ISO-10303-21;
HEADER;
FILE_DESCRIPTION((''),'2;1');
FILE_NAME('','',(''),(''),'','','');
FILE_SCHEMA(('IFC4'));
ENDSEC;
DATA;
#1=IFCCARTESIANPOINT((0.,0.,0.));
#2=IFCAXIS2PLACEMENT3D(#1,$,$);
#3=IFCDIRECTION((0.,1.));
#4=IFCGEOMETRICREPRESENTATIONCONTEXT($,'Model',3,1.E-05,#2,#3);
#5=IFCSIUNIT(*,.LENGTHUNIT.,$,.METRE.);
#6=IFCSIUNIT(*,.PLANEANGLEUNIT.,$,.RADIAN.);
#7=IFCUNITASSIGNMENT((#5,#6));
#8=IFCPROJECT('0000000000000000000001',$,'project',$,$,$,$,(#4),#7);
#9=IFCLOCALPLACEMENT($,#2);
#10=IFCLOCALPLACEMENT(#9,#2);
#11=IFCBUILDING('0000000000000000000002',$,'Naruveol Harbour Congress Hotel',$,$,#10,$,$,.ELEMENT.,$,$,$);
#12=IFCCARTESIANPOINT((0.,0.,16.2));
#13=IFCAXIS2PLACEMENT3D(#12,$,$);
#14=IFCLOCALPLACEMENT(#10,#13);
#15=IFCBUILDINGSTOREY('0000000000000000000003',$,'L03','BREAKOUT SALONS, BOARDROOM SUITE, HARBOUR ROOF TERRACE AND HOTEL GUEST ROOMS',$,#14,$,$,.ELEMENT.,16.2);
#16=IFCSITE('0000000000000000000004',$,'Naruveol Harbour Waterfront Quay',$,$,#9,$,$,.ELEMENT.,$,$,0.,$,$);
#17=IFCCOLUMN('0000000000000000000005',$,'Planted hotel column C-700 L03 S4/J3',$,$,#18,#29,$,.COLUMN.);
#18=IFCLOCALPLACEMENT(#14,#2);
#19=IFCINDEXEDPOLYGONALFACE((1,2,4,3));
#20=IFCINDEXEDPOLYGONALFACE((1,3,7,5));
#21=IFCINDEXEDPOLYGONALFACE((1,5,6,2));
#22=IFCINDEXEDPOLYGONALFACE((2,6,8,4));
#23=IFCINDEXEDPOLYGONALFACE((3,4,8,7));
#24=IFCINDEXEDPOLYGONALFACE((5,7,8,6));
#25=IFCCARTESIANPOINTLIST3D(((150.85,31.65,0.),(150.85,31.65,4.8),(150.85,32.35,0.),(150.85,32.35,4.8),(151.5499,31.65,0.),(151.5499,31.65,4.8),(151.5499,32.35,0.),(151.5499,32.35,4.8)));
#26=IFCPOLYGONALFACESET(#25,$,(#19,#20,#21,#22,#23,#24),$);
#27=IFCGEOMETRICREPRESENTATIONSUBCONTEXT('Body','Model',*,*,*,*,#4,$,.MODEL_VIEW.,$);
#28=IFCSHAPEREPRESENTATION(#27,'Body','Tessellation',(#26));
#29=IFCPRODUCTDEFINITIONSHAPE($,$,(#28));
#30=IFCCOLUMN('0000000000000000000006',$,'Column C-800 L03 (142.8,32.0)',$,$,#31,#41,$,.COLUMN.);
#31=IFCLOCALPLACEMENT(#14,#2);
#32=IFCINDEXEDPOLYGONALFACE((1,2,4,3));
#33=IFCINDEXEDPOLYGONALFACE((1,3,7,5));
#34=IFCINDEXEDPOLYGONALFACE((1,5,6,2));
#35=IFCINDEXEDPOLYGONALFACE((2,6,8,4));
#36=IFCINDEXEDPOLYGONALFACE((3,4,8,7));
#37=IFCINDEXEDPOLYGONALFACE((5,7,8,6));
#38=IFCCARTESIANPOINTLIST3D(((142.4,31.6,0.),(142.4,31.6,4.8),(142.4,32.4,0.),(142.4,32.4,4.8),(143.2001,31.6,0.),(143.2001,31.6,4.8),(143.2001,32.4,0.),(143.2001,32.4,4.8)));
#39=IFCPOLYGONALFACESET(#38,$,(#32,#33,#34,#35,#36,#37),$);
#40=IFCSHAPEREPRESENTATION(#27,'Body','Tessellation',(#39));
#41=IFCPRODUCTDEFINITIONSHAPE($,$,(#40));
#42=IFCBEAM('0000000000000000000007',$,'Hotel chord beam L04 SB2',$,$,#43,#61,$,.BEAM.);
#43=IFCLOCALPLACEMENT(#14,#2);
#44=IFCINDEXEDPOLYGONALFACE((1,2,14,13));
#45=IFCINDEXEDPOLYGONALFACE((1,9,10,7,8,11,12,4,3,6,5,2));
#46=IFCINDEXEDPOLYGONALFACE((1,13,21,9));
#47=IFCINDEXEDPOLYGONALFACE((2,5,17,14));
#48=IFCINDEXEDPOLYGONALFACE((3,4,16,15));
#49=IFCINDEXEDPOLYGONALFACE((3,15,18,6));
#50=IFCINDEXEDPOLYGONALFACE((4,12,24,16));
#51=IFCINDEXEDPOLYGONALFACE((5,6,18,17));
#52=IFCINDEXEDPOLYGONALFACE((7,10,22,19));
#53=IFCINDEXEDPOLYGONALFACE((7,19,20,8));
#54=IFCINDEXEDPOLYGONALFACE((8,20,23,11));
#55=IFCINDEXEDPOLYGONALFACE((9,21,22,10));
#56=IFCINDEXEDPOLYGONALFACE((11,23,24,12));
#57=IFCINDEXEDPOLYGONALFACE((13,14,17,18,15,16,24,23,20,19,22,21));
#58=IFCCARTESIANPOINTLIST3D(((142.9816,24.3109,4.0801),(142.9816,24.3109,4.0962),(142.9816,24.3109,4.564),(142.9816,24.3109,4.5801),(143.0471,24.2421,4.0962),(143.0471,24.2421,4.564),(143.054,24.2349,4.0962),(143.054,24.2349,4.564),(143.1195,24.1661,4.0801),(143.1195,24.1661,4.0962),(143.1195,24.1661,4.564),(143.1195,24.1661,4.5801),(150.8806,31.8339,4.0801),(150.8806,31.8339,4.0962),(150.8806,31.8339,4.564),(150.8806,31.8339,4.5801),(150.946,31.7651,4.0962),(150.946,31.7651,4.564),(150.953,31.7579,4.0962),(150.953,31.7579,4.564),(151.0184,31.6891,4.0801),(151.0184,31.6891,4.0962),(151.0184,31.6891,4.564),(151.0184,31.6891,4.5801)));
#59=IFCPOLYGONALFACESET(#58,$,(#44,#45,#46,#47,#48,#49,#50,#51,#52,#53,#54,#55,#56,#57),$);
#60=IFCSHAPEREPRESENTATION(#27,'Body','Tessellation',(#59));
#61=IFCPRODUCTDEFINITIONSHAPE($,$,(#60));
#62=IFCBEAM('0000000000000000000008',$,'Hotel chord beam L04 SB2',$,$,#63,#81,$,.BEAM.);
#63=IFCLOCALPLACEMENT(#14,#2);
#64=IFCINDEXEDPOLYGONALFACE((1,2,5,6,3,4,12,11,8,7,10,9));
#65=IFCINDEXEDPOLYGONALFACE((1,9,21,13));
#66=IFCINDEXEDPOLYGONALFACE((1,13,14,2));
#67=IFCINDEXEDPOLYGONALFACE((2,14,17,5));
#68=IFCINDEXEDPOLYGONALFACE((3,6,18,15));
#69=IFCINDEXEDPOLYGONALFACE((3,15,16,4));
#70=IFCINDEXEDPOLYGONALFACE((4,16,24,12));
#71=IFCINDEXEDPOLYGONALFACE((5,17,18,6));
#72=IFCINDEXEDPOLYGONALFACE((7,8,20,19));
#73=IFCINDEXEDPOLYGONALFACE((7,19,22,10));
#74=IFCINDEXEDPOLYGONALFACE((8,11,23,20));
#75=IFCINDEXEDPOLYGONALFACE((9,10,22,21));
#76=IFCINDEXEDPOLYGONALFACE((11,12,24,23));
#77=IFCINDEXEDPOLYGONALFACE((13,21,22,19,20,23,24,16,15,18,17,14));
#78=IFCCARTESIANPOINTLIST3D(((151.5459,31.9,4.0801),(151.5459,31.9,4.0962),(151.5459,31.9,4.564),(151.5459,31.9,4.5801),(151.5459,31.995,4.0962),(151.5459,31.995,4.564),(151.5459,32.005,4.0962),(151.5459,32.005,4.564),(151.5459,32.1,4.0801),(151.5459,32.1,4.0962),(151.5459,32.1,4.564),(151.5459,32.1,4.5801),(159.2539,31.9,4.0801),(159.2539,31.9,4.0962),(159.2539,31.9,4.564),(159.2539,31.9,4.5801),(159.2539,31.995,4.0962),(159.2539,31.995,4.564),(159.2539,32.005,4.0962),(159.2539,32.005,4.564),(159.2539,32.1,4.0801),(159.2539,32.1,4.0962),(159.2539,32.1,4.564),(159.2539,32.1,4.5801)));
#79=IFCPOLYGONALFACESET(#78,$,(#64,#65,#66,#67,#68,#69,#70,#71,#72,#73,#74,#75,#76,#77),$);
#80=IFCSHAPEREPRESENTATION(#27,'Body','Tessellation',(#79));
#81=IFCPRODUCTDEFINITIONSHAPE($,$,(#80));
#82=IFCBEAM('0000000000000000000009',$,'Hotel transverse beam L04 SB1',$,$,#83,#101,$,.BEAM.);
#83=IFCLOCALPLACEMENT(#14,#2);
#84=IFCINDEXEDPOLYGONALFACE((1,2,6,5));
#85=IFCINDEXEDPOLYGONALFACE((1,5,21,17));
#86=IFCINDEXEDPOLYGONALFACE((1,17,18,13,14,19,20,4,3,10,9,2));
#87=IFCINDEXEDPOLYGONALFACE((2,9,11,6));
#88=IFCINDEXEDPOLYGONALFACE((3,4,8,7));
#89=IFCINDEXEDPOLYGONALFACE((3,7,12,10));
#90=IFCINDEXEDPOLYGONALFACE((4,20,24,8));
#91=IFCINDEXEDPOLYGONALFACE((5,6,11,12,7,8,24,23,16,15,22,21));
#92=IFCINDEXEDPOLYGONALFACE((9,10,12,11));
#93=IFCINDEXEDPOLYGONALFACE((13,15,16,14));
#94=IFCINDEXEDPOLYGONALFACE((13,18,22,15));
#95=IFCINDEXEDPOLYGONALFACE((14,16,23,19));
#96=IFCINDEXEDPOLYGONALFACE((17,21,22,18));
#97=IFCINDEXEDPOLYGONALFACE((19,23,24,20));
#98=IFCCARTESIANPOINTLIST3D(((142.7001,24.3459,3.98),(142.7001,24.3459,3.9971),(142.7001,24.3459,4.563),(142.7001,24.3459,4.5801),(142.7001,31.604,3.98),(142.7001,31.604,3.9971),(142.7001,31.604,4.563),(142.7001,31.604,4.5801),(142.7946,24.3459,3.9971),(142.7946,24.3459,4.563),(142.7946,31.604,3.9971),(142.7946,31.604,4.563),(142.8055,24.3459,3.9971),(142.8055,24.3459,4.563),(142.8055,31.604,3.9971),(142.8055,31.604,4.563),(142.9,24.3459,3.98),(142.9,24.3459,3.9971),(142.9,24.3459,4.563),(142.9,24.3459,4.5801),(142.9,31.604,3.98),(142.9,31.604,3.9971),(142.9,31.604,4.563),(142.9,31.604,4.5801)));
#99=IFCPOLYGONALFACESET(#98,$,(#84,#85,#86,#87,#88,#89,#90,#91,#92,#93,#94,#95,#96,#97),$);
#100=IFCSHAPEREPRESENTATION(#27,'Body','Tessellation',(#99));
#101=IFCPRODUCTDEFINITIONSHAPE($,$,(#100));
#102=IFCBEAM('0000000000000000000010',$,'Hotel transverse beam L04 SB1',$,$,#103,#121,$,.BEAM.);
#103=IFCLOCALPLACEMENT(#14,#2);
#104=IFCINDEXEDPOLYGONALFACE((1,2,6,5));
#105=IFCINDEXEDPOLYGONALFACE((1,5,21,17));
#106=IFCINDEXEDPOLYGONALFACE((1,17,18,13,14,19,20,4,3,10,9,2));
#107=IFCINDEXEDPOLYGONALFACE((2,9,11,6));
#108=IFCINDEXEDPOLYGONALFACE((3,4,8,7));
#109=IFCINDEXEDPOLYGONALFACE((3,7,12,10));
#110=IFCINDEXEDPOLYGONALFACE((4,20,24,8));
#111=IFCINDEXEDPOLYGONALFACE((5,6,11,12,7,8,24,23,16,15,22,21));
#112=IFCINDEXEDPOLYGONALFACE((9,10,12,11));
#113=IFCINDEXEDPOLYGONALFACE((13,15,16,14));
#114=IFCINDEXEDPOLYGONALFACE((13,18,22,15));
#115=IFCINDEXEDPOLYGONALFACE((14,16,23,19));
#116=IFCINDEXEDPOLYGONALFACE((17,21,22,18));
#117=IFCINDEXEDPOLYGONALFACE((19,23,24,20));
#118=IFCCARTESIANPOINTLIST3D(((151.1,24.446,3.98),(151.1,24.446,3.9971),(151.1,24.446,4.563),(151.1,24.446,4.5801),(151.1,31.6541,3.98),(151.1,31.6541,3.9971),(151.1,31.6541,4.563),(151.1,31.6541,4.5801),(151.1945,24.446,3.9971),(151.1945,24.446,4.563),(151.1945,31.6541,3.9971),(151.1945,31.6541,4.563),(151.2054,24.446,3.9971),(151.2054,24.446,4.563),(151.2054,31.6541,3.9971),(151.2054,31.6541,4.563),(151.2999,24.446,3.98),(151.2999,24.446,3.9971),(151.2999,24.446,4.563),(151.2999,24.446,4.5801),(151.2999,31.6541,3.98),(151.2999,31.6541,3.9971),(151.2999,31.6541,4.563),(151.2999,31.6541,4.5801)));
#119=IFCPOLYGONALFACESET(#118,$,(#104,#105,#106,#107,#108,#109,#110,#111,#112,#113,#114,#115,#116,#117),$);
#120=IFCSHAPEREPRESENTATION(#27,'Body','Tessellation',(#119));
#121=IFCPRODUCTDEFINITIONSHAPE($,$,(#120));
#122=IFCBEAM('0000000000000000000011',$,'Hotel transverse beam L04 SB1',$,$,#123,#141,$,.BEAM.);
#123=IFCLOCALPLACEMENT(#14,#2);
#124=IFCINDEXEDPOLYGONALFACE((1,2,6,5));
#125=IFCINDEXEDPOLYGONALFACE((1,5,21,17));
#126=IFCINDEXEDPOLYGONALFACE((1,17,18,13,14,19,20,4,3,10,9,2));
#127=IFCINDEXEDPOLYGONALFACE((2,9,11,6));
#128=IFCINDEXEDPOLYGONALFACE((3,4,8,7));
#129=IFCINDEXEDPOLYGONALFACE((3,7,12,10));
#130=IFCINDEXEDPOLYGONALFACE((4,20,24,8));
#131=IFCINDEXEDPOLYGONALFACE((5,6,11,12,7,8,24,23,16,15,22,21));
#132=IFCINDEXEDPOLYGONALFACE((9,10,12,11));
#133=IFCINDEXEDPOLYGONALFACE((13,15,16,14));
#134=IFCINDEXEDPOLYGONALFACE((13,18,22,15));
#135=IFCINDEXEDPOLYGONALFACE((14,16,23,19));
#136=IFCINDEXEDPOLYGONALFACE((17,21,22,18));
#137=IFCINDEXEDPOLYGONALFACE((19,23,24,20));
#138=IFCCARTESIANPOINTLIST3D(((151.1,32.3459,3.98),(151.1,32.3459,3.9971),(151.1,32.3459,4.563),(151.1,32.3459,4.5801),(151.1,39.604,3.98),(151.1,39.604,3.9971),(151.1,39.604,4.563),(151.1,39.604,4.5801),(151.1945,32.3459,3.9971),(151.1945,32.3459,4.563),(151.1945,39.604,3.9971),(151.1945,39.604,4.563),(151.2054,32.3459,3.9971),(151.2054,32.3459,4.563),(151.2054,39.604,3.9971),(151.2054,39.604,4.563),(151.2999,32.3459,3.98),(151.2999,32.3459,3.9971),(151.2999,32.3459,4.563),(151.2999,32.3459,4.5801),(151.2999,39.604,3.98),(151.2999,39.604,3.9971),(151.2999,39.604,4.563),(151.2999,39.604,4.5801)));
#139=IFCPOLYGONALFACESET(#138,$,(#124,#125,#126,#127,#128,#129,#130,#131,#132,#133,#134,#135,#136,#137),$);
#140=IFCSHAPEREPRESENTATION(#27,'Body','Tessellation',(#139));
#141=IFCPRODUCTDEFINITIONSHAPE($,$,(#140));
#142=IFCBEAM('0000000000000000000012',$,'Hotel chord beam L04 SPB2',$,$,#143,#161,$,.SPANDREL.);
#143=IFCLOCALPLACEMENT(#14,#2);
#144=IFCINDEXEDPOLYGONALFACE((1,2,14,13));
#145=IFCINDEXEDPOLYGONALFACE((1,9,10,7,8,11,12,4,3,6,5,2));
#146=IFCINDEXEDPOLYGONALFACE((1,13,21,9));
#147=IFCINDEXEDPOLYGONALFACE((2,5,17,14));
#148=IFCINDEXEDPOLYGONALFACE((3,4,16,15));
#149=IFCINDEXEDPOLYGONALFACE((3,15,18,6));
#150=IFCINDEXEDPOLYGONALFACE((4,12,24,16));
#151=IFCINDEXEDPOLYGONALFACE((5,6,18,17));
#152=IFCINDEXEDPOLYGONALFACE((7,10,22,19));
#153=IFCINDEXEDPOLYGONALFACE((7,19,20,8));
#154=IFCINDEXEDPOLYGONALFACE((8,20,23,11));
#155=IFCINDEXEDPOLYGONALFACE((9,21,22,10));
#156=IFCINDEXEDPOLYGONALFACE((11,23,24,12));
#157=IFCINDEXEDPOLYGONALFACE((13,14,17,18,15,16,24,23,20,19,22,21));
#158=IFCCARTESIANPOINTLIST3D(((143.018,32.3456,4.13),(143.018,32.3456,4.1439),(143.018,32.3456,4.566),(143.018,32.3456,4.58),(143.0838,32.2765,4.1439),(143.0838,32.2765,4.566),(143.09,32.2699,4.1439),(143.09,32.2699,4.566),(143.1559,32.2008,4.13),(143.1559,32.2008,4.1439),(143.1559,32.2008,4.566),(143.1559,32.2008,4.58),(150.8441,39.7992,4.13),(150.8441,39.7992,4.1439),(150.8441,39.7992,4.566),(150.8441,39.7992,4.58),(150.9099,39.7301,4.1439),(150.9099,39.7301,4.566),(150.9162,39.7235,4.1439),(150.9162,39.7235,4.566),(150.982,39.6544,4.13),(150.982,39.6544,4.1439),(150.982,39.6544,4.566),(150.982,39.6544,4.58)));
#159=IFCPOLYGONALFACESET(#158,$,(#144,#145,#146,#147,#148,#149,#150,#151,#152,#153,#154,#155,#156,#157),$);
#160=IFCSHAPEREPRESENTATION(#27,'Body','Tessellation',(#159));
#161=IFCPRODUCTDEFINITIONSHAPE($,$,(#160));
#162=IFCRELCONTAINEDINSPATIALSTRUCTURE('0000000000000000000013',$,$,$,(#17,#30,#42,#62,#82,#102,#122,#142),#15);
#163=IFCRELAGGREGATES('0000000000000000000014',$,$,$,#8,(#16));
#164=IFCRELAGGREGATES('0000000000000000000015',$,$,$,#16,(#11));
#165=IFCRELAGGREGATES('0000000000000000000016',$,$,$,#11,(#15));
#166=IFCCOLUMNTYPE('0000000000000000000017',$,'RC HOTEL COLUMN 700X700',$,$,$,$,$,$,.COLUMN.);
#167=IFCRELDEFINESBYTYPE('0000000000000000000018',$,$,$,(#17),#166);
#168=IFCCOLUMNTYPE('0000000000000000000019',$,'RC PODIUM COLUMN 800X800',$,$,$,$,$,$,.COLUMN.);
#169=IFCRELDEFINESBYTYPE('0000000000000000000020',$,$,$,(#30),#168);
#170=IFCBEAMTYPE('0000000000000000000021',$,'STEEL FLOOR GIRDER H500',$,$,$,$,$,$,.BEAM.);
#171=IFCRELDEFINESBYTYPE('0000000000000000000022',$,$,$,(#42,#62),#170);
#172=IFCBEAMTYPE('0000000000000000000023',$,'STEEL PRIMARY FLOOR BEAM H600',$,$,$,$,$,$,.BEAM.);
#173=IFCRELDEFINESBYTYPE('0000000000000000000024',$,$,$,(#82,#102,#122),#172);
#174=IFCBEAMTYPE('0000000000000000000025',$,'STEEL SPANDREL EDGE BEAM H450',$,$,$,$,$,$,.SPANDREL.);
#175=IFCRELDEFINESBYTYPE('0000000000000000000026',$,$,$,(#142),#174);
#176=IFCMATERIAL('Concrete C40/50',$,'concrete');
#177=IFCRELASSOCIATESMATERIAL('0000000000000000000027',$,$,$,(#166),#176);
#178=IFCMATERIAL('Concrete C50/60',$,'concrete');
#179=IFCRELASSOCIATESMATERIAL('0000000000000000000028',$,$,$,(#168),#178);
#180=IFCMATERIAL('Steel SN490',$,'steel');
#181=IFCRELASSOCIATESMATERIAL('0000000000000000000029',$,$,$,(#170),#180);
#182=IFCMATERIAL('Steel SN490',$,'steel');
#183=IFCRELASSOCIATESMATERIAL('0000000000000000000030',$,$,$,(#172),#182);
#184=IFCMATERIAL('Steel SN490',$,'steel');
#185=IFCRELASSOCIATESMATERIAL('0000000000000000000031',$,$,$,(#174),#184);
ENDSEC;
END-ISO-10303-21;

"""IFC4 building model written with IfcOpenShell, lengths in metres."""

from ifc_helpers import new_model, si_unit, direction, frame, origin, origin_2d, place, context, subcontext, project, spatial, rectangle, i_section, extrude, material, material_profile, profile_set, type_object, element, save


model = new_model("IFC4")

# Units and contexts
model_context = context("Model", 3, precision=1e-05, world=origin(), true_north=direction((0.0, 1.0)))
body_context = subcontext(model_context, "Body", "Model", "MODEL_VIEW")
ifc_project = project(units=[si_unit("LENGTHUNIT", "METRE"), si_unit("PLANEANGLEUNIT", "RADIAN")], contexts=[model_context])

# Site, building, storey
site_placement = place(None, origin())
site = spatial("IfcSite", under=ifc_project, at=site_placement, Name="Naruveol Harbour Waterfront Quay", CompositionType="ELEMENT", RefElevation=0.0)
building_placement = place(site_placement, origin())
building = spatial("IfcBuilding", under=site, at=building_placement, Name="Naruveol Harbour Congress Hotel", CompositionType="ELEMENT")
storey_placement = place(building_placement, frame((0.0, 0.0, 16.2)))
storey = spatial("IfcBuildingStorey", under=building, at=storey_placement, Name="L03", Description="BREAKOUT SALONS, BOARDROOM SUITE, HARBOUR ROOF TERRACE AND HOTEL GUEST ROOMS", CompositionType="ELEMENT", Elevation=16.2)

# Columns
ifc_material_1 = material(Name="Concrete C40/50", Category="concrete")
ifc_material_profile_1 = material_profile(ifc_material_1, rectangle(XDim=0.7, YDim=0.7, at=origin_2d()), Name="RC-700x700")
ifc_profile_set_1 = profile_set([ifc_material_profile_1], Name="Concrete C40/50")
column_type_1 = type_object("IfcColumnType", Name="RC HOTEL COLUMN 700X700", PredefinedType="COLUMN", material=ifc_profile_set_1)
column_1_placement = place(storey_placement, frame((151.2, 32.0, 0.0), z_axis=(0.0, 0.0, 1.0), x_axis=(1.0, 0.0, 0.0)))
element("IfcColumn", 1, at=column_1_placement, inside=storey, type_object=column_type_1, Name="Planted hotel column C-700 L03 S4/J3", PredefinedType="COLUMN", context=body_context, shape_type="SweptSolid", body=[
    extrude(rectangle(XDim=0.7, YDim=0.7, at=origin_2d()), origin(), (0.0, 0.0, 1.0), 4.8),
])
ifc_material_2 = material(Name="Concrete C50/60", Category="concrete")
ifc_material_profile_2 = material_profile(ifc_material_2, rectangle(XDim=0.8, YDim=0.8, at=origin_2d()), Name="RC-800x800")
ifc_profile_set_2 = profile_set([ifc_material_profile_2], Name="Concrete C50/60")
column_type_2 = type_object("IfcColumnType", Name="RC PODIUM COLUMN 800X800", PredefinedType="COLUMN", material=ifc_profile_set_2)
column_2_placement = place(storey_placement, frame((142.8, 32.0, 0.0), z_axis=(0.0, 0.0, 1.0), x_axis=(1.0, 0.0, 0.0)))
element("IfcColumn", 2, at=column_2_placement, inside=storey, type_object=column_type_2, Name="Column C-800 L03 (142.8,32.0)", PredefinedType="COLUMN", context=body_context, shape_type="SweptSolid", body=[
    extrude(rectangle(XDim=0.8, YDim=0.8, at=origin_2d()), origin(), (0.0, 0.0, 1.0), 4.8),
])

# Beams
ifc_material_3 = material(Name="Steel SN490", Category="steel")
ifc_material_profile_3 = material_profile(ifc_material_3, i_section(OverallWidth=0.2, OverallDepth=0.5, WebThickness=0.01, FlangeThickness=0.0161, at=origin_2d()), Name="H-500x200x10x16")
ifc_profile_set_3 = profile_set([ifc_material_profile_3], Name="Steel SN490")
beam_type_1 = type_object("IfcBeamType", Name="STEEL FLOOR GIRDER H500", PredefinedType="BEAM", material=ifc_profile_set_3)
beam_1_placement = place(storey_placement, frame((143.0505, 24.2385, 4.3301), z_axis=(0.72413, 0.689663, 0.0), x_axis=(-0.689663, 0.72413, 0.0)))
element("IfcBeam", 3, at=beam_1_placement, inside=storey, type_object=beam_type_1, Name="Hotel chord beam L04 SB2", PredefinedType="BEAM", context=body_context, shape_type="SweptSolid", body=[
    extrude(i_section(OverallWidth=0.2, OverallDepth=0.5, WebThickness=0.01, FlangeThickness=0.0161, at=origin_2d()), origin(), (0.0, 0.0, 1.0), 10.9082),
])
beam_2_placement = place(storey_placement, frame((151.5459, 32.0, 4.3301), z_axis=(1.0, 0.0, 0.0), x_axis=(0.0, 1.0, 0.0)))
element("IfcBeam", 4, at=beam_2_placement, inside=storey, type_object=beam_type_1, Name="Hotel chord beam L04 SB2", PredefinedType="BEAM", context=body_context, shape_type="SweptSolid", body=[
    extrude(i_section(OverallWidth=0.2, OverallDepth=0.5, WebThickness=0.01, FlangeThickness=0.0161, at=origin_2d()), origin(), (0.0, 0.0, 1.0), 7.708),
])
ifc_material_4 = material(Name="Steel SN490", Category="steel")
ifc_material_profile_4 = material_profile(ifc_material_4, i_section(OverallWidth=0.2, OverallDepth=0.6001, WebThickness=0.011, FlangeThickness=0.0171, at=origin_2d()), Name="H-600x200x11x17")
ifc_profile_set_4 = profile_set([ifc_material_profile_4], Name="Steel SN490")
beam_type_2 = type_object("IfcBeamType", Name="STEEL PRIMARY FLOOR BEAM H600", PredefinedType="BEAM", material=ifc_profile_set_4)
beam_3_placement = place(storey_placement, frame((142.8, 24.3459, 4.28), z_axis=(0.0, 1.0, 0.0), x_axis=(-1.0, 0.0, 0.0)))
element("IfcBeam", 5, at=beam_3_placement, inside=storey, type_object=beam_type_2, Name="Hotel transverse beam L04 SB1", PredefinedType="BEAM", context=body_context, shape_type="SweptSolid", body=[
    extrude(i_section(OverallWidth=0.2, OverallDepth=0.6001, WebThickness=0.011, FlangeThickness=0.0171, at=origin_2d()), origin(), (0.0, 0.0, 1.0), 7.2581),
])
beam_4_placement = place(storey_placement, frame((151.2, 24.446, 4.28), z_axis=(0.0, 1.0, 0.0), x_axis=(-1.0, 0.0, 0.0)))
element("IfcBeam", 6, at=beam_4_placement, inside=storey, type_object=beam_type_2, Name="Hotel transverse beam L04 SB1", PredefinedType="BEAM", context=body_context, shape_type="SweptSolid", body=[
    extrude(i_section(OverallWidth=0.2, OverallDepth=0.6001, WebThickness=0.011, FlangeThickness=0.0171, at=origin_2d()), origin(), (0.0, 0.0, 1.0), 7.208),
])
beam_5_placement = place(storey_placement, frame((151.2, 32.3459, 4.28), z_axis=(0.0, 1.0, 0.0), x_axis=(-1.0, 0.0, 0.0)))
element("IfcBeam", 7, at=beam_5_placement, inside=storey, type_object=beam_type_2, Name="Hotel transverse beam L04 SB1", PredefinedType="BEAM", context=body_context, shape_type="SweptSolid", body=[
    extrude(i_section(OverallWidth=0.2, OverallDepth=0.6001, WebThickness=0.011, FlangeThickness=0.0171, at=origin_2d()), origin(), (0.0, 0.0, 1.0), 7.2581),
])
ifc_material_5 = material(Name="Steel SN490", Category="steel")
ifc_material_profile_5 = material_profile(ifc_material_5, i_section(OverallWidth=0.2, OverallDepth=0.45, WebThickness=0.009, FlangeThickness=0.0139, at=origin_2d()), Name="H-450x200x9x14")
ifc_profile_set_5 = profile_set([ifc_material_profile_5], Name="Steel SN490")
beam_type_3 = type_object("IfcBeamType", Name="STEEL SPANDREL EDGE BEAM H450", PredefinedType="SPANDREL", material=ifc_profile_set_5)
beam_6_placement = place(storey_placement, frame((143.0869, 32.2732, 4.355), z_axis=(0.724133, 0.689661, 0.0), x_axis=(-0.689661, 0.724133, 0.0)))
element("IfcBeam", 8, at=beam_6_placement, inside=storey, type_object=beam_type_3, Name="Hotel chord beam L04 SPB2", PredefinedType="SPANDREL", context=body_context, shape_type="SweptSolid", body=[
    extrude(i_section(OverallWidth=0.2, OverallDepth=0.45, WebThickness=0.009, FlangeThickness=0.0139, at=origin_2d()), origin(), (0.0, 0.0, 1.0), 10.8076),
])

save(model, "model.ifc")
